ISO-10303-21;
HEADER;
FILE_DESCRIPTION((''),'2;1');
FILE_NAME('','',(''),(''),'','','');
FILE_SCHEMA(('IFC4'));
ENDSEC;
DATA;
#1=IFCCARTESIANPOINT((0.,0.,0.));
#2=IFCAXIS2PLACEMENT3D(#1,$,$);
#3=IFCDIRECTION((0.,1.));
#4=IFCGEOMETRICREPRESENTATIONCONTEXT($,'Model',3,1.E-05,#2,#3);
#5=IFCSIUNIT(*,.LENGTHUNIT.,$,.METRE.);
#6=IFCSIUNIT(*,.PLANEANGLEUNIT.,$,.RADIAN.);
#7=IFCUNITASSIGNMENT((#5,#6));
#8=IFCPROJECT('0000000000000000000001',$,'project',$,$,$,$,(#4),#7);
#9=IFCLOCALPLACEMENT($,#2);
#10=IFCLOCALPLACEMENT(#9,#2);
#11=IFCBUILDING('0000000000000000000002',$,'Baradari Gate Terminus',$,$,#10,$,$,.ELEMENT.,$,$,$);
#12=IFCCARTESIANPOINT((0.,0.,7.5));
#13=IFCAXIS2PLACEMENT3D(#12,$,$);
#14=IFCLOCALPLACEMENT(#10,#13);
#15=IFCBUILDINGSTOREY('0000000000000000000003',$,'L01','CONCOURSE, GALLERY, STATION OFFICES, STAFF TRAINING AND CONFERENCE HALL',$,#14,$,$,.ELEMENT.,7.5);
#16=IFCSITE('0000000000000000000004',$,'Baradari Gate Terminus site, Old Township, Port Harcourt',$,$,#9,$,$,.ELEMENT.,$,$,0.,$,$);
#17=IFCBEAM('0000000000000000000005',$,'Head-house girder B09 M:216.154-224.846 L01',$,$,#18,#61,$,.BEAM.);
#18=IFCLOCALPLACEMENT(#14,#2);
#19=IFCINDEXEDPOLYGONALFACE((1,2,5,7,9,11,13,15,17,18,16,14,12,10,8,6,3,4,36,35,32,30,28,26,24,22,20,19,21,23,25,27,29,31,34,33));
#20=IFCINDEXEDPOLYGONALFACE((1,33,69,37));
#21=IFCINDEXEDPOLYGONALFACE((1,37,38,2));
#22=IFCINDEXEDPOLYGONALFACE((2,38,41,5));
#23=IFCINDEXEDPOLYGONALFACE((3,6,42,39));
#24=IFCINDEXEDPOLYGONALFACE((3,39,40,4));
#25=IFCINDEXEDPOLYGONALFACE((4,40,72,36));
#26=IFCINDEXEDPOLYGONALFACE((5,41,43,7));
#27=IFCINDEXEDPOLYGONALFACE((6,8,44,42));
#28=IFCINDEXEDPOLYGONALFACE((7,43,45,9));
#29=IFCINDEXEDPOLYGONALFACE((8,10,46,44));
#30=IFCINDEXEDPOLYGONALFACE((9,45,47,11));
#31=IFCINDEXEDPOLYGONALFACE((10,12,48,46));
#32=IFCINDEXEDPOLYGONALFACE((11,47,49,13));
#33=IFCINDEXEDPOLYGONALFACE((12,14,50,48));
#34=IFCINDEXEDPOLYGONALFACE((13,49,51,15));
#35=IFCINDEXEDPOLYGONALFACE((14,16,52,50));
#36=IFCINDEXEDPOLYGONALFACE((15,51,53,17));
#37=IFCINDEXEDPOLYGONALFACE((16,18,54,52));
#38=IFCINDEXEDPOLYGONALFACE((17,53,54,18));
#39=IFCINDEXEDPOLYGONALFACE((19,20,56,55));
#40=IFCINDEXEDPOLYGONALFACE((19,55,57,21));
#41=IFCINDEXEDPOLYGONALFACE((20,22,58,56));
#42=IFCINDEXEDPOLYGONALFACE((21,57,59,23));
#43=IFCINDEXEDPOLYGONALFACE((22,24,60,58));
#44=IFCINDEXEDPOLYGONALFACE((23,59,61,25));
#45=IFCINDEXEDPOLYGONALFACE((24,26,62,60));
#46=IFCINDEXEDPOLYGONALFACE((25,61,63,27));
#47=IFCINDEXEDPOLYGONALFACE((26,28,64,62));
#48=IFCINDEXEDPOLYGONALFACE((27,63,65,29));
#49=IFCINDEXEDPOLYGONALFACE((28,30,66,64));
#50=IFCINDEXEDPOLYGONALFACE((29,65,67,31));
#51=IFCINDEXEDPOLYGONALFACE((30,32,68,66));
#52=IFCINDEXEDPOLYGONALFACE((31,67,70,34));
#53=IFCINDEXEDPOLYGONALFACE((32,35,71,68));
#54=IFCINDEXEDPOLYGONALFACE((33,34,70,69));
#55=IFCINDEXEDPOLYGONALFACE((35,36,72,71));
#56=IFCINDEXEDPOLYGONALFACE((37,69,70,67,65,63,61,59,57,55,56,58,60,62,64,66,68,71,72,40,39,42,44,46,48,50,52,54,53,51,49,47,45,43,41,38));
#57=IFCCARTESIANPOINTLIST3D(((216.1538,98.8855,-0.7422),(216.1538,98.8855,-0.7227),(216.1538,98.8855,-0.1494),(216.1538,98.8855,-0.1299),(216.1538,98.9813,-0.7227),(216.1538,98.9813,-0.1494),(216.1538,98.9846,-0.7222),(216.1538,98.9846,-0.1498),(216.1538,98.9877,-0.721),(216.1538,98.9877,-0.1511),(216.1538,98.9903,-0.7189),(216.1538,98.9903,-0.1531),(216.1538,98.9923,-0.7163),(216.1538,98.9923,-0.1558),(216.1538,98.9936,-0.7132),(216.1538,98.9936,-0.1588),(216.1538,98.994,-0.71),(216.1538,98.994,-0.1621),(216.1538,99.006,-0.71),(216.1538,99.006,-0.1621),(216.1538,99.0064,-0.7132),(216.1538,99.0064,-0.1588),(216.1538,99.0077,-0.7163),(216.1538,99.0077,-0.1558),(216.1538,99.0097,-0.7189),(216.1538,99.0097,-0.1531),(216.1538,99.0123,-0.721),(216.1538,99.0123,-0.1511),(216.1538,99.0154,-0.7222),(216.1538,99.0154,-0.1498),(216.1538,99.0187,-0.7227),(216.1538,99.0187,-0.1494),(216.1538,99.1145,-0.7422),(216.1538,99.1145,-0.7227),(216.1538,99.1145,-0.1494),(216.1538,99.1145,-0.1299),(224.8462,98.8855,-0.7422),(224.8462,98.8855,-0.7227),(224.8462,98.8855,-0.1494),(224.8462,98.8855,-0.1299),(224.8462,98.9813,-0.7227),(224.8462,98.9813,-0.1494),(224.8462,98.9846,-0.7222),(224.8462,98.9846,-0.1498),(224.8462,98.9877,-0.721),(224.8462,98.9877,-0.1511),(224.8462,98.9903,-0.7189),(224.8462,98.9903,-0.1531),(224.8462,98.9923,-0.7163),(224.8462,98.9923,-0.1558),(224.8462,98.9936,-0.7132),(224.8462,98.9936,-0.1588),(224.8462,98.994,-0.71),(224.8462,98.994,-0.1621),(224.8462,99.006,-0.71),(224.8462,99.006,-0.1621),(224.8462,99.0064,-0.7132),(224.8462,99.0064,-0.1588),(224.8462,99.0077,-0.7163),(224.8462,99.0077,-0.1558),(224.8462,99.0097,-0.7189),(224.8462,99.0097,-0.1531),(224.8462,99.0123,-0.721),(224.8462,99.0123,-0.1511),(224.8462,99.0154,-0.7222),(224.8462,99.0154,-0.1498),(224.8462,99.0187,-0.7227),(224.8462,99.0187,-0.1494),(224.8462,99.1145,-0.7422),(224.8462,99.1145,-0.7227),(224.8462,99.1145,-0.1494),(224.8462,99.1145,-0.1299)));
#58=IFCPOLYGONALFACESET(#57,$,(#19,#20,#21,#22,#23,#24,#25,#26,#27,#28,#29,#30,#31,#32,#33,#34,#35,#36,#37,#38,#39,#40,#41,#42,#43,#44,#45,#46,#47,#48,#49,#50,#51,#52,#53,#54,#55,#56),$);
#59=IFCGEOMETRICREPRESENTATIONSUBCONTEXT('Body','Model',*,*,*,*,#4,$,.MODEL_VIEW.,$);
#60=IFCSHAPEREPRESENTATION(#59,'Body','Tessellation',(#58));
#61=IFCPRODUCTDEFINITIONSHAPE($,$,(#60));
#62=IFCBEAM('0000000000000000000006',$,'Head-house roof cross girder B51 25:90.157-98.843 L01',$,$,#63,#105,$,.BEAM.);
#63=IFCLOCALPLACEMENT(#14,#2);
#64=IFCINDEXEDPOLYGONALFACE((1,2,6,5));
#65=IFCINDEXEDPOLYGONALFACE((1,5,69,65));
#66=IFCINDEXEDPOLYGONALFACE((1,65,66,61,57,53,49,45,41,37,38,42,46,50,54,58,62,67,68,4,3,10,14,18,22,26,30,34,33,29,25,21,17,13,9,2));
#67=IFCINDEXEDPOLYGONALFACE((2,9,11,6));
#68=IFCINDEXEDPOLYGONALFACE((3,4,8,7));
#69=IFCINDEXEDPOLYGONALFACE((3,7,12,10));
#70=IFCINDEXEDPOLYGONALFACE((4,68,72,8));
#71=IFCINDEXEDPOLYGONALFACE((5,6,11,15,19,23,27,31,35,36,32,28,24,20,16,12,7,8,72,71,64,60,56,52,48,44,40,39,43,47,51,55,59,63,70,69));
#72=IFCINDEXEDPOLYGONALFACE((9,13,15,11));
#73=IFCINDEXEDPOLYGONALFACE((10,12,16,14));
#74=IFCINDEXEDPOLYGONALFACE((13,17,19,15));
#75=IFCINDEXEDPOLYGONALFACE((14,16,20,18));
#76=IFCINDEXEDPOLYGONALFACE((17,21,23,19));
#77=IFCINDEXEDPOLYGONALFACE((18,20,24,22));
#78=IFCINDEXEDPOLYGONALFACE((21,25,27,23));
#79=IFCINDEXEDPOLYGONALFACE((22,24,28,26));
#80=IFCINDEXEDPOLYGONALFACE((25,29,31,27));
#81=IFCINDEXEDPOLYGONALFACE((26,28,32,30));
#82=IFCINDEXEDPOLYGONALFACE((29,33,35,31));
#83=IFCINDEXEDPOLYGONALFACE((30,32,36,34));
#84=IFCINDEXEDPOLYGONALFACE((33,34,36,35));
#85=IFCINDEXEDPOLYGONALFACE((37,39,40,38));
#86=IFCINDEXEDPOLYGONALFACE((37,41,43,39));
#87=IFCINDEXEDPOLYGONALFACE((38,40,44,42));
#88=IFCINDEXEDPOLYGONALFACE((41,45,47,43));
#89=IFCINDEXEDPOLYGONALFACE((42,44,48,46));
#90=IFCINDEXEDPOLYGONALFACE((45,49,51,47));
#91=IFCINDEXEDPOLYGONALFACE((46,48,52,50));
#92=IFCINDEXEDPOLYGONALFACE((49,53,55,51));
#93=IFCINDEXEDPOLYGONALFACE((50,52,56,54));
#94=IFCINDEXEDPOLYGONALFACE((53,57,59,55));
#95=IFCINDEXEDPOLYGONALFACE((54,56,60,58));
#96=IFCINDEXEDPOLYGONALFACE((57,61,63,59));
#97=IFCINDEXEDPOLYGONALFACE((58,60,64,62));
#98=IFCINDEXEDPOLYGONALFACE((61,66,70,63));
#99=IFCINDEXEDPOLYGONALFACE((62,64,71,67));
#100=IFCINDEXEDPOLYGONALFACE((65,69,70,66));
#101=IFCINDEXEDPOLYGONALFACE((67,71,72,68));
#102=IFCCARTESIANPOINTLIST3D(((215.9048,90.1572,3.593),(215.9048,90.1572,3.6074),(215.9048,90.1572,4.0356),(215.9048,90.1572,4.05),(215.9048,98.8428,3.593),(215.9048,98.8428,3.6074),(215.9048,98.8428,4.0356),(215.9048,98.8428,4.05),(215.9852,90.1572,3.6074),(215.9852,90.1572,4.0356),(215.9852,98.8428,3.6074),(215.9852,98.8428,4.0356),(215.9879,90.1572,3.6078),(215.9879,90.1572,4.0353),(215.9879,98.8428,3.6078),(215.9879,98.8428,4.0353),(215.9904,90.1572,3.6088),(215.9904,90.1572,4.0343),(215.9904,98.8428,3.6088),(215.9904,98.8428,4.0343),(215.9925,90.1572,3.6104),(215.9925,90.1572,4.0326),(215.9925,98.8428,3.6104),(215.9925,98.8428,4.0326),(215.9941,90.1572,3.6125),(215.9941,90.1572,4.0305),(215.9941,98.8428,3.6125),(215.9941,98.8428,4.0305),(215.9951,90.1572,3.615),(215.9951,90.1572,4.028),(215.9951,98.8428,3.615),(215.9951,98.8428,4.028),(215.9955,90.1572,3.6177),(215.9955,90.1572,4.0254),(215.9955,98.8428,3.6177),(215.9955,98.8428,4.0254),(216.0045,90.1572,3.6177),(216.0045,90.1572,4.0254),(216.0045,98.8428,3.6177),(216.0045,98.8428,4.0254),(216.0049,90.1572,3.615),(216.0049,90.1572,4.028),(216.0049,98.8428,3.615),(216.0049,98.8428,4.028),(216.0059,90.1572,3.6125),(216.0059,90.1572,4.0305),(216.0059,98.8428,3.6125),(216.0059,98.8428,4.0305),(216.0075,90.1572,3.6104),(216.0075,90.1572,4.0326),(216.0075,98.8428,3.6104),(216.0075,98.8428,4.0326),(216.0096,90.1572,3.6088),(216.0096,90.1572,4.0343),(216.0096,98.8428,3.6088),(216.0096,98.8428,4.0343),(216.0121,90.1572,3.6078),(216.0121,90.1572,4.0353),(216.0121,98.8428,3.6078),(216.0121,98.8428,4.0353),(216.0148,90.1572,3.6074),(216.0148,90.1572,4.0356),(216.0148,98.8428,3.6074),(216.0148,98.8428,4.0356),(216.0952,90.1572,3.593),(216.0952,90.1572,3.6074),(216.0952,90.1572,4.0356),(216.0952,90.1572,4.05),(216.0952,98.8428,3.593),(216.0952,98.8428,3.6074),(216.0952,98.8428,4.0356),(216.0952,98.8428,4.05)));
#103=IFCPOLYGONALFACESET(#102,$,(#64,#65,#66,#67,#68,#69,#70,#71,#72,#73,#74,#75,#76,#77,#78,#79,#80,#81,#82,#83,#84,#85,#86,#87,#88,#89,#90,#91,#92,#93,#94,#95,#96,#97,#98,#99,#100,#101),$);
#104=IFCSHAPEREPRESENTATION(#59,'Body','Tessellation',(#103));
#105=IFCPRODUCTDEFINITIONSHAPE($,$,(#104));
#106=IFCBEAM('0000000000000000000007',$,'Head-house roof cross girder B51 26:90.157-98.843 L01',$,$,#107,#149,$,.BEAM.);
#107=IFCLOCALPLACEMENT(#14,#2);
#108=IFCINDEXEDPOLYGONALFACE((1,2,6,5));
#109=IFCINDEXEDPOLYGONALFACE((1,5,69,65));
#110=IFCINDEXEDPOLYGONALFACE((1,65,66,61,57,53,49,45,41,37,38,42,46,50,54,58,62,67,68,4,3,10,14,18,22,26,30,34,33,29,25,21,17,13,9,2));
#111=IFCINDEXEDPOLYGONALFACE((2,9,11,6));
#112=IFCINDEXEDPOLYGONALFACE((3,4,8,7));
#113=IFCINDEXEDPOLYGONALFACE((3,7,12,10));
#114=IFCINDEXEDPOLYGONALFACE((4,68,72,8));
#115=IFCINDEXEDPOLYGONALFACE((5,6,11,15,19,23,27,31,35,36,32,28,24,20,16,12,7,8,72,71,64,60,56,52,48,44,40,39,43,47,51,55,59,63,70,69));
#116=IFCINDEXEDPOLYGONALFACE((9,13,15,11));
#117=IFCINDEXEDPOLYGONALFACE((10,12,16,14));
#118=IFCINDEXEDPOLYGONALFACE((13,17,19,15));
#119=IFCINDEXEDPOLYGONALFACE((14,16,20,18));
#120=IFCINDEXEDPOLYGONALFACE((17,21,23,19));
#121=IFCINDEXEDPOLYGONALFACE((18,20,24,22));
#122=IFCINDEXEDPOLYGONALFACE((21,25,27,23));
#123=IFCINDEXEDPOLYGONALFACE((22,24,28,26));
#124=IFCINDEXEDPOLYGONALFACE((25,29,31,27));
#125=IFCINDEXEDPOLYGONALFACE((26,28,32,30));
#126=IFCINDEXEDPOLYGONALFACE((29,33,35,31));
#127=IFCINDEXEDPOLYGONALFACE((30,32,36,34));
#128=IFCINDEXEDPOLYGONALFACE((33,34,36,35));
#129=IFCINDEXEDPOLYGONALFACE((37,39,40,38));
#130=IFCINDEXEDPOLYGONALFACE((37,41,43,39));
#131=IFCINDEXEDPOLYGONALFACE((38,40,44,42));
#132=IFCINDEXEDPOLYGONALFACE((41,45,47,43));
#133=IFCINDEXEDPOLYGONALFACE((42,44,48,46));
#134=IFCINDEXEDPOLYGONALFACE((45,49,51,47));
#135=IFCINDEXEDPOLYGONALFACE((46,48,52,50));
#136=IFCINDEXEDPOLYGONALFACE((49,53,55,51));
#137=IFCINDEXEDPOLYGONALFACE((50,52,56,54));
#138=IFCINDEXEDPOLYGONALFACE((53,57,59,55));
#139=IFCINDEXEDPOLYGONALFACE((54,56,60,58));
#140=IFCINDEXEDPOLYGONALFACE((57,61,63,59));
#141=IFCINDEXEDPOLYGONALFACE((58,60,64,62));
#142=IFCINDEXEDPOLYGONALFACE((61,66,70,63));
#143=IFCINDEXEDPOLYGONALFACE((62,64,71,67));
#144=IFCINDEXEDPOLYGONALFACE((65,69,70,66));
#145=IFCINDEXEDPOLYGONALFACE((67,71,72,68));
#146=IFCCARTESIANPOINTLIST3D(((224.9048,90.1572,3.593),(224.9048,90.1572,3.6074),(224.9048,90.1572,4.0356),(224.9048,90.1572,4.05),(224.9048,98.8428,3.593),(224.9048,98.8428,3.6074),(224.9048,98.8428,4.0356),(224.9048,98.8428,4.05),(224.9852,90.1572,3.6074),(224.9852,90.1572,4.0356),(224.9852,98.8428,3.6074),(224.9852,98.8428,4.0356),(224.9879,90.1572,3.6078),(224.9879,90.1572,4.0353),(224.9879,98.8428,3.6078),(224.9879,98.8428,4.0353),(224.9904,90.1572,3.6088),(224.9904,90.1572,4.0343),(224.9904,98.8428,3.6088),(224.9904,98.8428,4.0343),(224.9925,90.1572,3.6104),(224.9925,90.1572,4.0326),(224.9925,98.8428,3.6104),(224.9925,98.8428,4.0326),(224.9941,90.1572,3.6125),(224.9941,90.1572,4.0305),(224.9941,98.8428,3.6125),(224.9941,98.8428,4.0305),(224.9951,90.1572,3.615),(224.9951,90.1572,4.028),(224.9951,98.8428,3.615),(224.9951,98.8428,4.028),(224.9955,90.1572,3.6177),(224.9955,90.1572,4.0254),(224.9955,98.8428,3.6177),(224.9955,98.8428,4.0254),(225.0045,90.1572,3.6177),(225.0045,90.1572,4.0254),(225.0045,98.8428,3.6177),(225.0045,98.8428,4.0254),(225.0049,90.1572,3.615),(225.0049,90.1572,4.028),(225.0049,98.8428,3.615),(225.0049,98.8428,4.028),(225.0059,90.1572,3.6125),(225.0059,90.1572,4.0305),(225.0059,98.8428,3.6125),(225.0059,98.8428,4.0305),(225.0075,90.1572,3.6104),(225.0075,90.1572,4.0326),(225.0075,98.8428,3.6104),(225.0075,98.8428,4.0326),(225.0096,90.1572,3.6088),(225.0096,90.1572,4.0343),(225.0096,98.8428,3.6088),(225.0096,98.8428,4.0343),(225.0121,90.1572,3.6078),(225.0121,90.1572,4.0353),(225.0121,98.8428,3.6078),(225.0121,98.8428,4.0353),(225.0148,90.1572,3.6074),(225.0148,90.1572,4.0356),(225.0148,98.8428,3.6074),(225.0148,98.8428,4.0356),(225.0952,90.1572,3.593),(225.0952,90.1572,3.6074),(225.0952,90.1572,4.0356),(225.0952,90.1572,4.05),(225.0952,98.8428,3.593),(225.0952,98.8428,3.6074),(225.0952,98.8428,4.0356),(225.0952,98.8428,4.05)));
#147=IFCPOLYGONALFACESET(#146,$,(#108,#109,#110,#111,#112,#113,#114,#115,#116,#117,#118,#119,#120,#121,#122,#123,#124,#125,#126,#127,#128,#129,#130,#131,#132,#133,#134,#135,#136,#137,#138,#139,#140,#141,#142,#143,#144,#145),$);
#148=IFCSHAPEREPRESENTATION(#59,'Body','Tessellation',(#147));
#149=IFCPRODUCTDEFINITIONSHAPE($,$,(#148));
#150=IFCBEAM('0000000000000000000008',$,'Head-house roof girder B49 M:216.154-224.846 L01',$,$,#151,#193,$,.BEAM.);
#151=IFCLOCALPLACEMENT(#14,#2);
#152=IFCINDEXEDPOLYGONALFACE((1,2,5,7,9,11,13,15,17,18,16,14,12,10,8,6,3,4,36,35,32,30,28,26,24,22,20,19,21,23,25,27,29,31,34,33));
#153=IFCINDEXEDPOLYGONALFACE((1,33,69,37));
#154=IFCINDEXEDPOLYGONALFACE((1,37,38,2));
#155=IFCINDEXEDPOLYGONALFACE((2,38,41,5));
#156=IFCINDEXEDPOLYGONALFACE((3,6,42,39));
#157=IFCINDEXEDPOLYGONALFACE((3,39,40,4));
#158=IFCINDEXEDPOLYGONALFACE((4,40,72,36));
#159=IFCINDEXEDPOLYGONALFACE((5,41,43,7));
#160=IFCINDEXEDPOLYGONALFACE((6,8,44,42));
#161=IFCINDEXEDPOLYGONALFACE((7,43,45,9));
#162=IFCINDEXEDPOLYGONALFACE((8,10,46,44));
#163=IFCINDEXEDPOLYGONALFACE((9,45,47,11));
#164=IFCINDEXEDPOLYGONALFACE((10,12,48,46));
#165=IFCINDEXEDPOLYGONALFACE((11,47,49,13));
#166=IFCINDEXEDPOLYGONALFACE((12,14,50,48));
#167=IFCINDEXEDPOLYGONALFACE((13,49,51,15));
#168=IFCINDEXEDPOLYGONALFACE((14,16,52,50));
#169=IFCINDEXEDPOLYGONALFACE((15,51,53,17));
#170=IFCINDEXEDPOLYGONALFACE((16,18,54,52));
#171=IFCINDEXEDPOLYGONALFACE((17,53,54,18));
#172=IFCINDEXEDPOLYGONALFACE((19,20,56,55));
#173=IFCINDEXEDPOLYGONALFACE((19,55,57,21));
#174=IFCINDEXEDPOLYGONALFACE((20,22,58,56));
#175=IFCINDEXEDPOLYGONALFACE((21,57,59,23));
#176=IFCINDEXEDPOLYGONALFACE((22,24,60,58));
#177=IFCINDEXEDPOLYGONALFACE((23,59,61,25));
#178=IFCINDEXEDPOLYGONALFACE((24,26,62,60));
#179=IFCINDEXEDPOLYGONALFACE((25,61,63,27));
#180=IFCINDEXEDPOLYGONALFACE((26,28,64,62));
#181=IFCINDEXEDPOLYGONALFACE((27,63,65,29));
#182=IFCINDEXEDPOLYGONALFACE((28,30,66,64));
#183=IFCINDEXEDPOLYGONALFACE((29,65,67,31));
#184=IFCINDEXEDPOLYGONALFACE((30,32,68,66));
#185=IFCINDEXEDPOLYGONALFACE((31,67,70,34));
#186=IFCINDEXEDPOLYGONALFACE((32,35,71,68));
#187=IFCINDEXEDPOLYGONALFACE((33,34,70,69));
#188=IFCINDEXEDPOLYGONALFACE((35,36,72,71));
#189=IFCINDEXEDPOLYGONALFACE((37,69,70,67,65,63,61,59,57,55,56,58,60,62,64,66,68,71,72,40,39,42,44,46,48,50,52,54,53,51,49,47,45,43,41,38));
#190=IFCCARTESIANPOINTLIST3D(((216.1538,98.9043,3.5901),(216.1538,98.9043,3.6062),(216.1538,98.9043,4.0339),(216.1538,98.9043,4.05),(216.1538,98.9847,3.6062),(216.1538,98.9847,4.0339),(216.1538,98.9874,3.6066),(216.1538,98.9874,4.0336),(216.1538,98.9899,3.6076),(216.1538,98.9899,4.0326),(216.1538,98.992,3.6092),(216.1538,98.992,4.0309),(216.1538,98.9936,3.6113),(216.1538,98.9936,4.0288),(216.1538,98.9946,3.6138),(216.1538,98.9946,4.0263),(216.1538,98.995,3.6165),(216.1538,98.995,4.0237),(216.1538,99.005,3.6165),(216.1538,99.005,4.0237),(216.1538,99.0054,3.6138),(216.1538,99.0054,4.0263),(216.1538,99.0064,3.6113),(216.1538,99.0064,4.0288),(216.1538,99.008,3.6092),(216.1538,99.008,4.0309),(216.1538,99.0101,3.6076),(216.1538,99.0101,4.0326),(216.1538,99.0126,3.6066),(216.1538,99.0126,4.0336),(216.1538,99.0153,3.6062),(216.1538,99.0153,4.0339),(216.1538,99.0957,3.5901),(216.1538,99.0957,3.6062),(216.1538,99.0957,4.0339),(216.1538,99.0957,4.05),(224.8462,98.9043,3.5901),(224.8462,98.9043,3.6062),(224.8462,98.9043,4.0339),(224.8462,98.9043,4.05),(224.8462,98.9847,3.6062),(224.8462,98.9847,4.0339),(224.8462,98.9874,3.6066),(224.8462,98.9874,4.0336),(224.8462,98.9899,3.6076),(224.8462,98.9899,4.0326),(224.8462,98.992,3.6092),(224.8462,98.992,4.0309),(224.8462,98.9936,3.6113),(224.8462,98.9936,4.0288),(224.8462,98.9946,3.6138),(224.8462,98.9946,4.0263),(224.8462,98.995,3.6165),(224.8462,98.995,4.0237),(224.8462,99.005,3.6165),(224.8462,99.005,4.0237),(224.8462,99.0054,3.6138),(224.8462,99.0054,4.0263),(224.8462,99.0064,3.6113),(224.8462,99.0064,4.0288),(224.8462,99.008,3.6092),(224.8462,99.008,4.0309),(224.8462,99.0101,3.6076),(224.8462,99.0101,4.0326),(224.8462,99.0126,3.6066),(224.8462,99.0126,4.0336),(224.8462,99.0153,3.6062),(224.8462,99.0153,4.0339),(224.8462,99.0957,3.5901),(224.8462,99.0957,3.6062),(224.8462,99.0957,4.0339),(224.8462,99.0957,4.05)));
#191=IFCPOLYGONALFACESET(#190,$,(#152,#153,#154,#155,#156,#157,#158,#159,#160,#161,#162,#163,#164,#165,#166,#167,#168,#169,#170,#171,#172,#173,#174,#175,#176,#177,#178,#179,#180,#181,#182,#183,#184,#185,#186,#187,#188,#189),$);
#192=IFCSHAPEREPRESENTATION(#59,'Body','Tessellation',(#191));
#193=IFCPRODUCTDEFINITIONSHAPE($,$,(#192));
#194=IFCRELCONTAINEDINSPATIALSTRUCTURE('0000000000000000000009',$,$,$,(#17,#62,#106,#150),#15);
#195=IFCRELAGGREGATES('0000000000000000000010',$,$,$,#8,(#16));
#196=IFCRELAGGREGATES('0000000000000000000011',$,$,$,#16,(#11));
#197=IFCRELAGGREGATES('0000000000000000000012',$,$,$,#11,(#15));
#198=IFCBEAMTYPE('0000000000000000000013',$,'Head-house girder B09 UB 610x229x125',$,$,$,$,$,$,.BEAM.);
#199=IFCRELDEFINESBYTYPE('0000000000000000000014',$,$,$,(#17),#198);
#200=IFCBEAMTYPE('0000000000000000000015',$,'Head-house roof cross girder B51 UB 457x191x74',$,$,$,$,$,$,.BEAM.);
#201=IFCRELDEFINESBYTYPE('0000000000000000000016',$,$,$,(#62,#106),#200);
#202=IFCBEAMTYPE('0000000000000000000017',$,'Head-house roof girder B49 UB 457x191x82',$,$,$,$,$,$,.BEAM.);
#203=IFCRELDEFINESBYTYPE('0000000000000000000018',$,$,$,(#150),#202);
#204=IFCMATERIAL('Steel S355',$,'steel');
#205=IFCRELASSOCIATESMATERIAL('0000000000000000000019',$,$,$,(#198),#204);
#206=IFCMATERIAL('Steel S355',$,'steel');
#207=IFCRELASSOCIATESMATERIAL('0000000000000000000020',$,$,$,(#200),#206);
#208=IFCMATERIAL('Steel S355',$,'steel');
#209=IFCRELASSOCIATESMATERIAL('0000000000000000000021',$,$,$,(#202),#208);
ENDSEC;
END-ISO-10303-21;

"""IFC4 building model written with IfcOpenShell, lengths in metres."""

from ifc_helpers import new_model, si_unit, direction, frame, origin, origin_2d, place, context, subcontext, project, spatial, i_section, extrude, material, material_profile, profile_set, type_object, element, save


model = new_model("IFC4")

# Units and contexts
model_context = context("Model", 3, precision=1e-05, world=origin(), true_north=direction((0.0, 1.0)))
body_context = subcontext(model_context, "Body", "Model", "MODEL_VIEW")
ifc_project = project(units=[si_unit("LENGTHUNIT", "METRE"), si_unit("PLANEANGLEUNIT", "RADIAN")], contexts=[model_context])

# Site, building, storey
site_placement = place(None, origin())
site = spatial("IfcSite", under=ifc_project, at=site_placement, Name="Baradari Gate Terminus site, Old Township, Port Harcourt", CompositionType="ELEMENT", RefElevation=0.0)
building_placement = place(site_placement, origin())
building = spatial("IfcBuilding", under=site, at=building_placement, Name="Baradari Gate Terminus", CompositionType="ELEMENT")
storey_placement = place(building_placement, frame((0.0, 0.0, 7.5)))
storey = spatial("IfcBuildingStorey", under=building, at=storey_placement, Name="L01", Description="CONCOURSE, GALLERY, STATION OFFICES, STAFF TRAINING AND CONFERENCE HALL", CompositionType="ELEMENT", Elevation=7.5)

# Beams
ifc_material_1 = material(Name="Steel S355", Category="steel")
ifc_material_profile_1 = material_profile(ifc_material_1, i_section(OverallWidth=0.229, OverallDepth=0.6123, WebThickness=0.012, FlangeThickness=0.0195, FilletRadius=0.0127, at=origin_2d()), Name="UB 610x229x125")
ifc_profile_set_1 = profile_set([ifc_material_profile_1], Name="Steel S355")
beam_type_1 = type_object("IfcBeamType", Name="Head-house girder B09 UB 610x229x125", PredefinedType="BEAM", material=ifc_profile_set_1)
beam_1_placement = place(storey_placement, frame((216.1538, 99.0, -0.436), z_axis=(1.0, 0.0, 0.0), x_axis=(0.0, 1.0, 0.0)))
element("IfcBeam", 1, at=beam_1_placement, inside=storey, type_object=beam_type_1, Name="Head-house girder B09 M:216.154-224.846 L01", PredefinedType="BEAM", context=body_context, shape_type="SweptSolid", body=[
    extrude(i_section(OverallWidth=0.229, OverallDepth=0.6123, WebThickness=0.012, FlangeThickness=0.0195, FilletRadius=0.0127, at=origin_2d()), origin(), (0.0, 0.0, 1.0), 8.6924),
])
ifc_material_2 = material(Name="Steel S355", Category="steel")
ifc_material_profile_2 = material_profile(ifc_material_2, i_section(OverallWidth=0.1904, OverallDepth=0.457, WebThickness=0.009, FlangeThickness=0.0144, FilletRadius=0.0103, at=origin_2d()), Name="UB 457x191x74")
ifc_profile_set_2 = profile_set([ifc_material_profile_2], Name="Steel S355")
beam_type_2 = type_object("IfcBeamType", Name="Head-house roof cross girder B51 UB 457x191x74", PredefinedType="BEAM", material=ifc_profile_set_2)
for number, where, z_axis, x_axis, name in (
    (2, (216.0, 90.1572, 3.8215), (0.0, 1.0, 0.0), (-1.0, 0.0, 0.0), "Head-house roof cross girder B51 25:90.157-98.843 L01"),
    (3, (225.0, 90.1572, 3.8215), (0.0, 1.0, 0.0), (-1.0, 0.0, 0.0), "Head-house roof cross girder B51 26:90.157-98.843 L01"),
):
    element("IfcBeam", number, at=place(storey_placement, frame(where, z_axis=z_axis, x_axis=x_axis)), inside=storey, type_object=beam_type_2, Name=name, PredefinedType="BEAM", context=body_context, shape_type="SweptSolid", body=[
        extrude(i_section(OverallWidth=0.1904, OverallDepth=0.457, WebThickness=0.009, FlangeThickness=0.0144, FilletRadius=0.0103, at=origin_2d()), origin(), (0.0, 0.0, 1.0), 8.6855),
    ])
ifc_material_3 = material(Name="Steel S355", Category="steel")
ifc_material_profile_3 = material_profile(ifc_material_3, i_section(OverallWidth=0.1914, OverallDepth=0.46, WebThickness=0.01, FlangeThickness=0.0161, FilletRadius=0.0103, at=origin_2d()), Name="UB 457x191x82")
ifc_profile_set_3 = profile_set([ifc_material_profile_3], Name="Steel S355")
beam_type_3 = type_object("IfcBeamType", Name="Head-house roof girder B49 UB 457x191x82", PredefinedType="BEAM", material=ifc_profile_set_3)
beam_2_placement = place(storey_placement, frame((216.1538, 99.0, 3.8201), z_axis=(1.0, 0.0, 0.0), x_axis=(0.0, 1.0, 0.0)))
element("IfcBeam", 4, at=beam_2_placement, inside=storey, type_object=beam_type_3, Name="Head-house roof girder B49 M:216.154-224.846 L01", PredefinedType="BEAM", context=body_context, shape_type="SweptSolid", body=[
    extrude(i_section(OverallWidth=0.1914, OverallDepth=0.46, WebThickness=0.01, FlangeThickness=0.0161, FilletRadius=0.0103, at=origin_2d()), origin(), (0.0, 0.0, 1.0), 8.6924),
])

save(model, "model.ifc")
